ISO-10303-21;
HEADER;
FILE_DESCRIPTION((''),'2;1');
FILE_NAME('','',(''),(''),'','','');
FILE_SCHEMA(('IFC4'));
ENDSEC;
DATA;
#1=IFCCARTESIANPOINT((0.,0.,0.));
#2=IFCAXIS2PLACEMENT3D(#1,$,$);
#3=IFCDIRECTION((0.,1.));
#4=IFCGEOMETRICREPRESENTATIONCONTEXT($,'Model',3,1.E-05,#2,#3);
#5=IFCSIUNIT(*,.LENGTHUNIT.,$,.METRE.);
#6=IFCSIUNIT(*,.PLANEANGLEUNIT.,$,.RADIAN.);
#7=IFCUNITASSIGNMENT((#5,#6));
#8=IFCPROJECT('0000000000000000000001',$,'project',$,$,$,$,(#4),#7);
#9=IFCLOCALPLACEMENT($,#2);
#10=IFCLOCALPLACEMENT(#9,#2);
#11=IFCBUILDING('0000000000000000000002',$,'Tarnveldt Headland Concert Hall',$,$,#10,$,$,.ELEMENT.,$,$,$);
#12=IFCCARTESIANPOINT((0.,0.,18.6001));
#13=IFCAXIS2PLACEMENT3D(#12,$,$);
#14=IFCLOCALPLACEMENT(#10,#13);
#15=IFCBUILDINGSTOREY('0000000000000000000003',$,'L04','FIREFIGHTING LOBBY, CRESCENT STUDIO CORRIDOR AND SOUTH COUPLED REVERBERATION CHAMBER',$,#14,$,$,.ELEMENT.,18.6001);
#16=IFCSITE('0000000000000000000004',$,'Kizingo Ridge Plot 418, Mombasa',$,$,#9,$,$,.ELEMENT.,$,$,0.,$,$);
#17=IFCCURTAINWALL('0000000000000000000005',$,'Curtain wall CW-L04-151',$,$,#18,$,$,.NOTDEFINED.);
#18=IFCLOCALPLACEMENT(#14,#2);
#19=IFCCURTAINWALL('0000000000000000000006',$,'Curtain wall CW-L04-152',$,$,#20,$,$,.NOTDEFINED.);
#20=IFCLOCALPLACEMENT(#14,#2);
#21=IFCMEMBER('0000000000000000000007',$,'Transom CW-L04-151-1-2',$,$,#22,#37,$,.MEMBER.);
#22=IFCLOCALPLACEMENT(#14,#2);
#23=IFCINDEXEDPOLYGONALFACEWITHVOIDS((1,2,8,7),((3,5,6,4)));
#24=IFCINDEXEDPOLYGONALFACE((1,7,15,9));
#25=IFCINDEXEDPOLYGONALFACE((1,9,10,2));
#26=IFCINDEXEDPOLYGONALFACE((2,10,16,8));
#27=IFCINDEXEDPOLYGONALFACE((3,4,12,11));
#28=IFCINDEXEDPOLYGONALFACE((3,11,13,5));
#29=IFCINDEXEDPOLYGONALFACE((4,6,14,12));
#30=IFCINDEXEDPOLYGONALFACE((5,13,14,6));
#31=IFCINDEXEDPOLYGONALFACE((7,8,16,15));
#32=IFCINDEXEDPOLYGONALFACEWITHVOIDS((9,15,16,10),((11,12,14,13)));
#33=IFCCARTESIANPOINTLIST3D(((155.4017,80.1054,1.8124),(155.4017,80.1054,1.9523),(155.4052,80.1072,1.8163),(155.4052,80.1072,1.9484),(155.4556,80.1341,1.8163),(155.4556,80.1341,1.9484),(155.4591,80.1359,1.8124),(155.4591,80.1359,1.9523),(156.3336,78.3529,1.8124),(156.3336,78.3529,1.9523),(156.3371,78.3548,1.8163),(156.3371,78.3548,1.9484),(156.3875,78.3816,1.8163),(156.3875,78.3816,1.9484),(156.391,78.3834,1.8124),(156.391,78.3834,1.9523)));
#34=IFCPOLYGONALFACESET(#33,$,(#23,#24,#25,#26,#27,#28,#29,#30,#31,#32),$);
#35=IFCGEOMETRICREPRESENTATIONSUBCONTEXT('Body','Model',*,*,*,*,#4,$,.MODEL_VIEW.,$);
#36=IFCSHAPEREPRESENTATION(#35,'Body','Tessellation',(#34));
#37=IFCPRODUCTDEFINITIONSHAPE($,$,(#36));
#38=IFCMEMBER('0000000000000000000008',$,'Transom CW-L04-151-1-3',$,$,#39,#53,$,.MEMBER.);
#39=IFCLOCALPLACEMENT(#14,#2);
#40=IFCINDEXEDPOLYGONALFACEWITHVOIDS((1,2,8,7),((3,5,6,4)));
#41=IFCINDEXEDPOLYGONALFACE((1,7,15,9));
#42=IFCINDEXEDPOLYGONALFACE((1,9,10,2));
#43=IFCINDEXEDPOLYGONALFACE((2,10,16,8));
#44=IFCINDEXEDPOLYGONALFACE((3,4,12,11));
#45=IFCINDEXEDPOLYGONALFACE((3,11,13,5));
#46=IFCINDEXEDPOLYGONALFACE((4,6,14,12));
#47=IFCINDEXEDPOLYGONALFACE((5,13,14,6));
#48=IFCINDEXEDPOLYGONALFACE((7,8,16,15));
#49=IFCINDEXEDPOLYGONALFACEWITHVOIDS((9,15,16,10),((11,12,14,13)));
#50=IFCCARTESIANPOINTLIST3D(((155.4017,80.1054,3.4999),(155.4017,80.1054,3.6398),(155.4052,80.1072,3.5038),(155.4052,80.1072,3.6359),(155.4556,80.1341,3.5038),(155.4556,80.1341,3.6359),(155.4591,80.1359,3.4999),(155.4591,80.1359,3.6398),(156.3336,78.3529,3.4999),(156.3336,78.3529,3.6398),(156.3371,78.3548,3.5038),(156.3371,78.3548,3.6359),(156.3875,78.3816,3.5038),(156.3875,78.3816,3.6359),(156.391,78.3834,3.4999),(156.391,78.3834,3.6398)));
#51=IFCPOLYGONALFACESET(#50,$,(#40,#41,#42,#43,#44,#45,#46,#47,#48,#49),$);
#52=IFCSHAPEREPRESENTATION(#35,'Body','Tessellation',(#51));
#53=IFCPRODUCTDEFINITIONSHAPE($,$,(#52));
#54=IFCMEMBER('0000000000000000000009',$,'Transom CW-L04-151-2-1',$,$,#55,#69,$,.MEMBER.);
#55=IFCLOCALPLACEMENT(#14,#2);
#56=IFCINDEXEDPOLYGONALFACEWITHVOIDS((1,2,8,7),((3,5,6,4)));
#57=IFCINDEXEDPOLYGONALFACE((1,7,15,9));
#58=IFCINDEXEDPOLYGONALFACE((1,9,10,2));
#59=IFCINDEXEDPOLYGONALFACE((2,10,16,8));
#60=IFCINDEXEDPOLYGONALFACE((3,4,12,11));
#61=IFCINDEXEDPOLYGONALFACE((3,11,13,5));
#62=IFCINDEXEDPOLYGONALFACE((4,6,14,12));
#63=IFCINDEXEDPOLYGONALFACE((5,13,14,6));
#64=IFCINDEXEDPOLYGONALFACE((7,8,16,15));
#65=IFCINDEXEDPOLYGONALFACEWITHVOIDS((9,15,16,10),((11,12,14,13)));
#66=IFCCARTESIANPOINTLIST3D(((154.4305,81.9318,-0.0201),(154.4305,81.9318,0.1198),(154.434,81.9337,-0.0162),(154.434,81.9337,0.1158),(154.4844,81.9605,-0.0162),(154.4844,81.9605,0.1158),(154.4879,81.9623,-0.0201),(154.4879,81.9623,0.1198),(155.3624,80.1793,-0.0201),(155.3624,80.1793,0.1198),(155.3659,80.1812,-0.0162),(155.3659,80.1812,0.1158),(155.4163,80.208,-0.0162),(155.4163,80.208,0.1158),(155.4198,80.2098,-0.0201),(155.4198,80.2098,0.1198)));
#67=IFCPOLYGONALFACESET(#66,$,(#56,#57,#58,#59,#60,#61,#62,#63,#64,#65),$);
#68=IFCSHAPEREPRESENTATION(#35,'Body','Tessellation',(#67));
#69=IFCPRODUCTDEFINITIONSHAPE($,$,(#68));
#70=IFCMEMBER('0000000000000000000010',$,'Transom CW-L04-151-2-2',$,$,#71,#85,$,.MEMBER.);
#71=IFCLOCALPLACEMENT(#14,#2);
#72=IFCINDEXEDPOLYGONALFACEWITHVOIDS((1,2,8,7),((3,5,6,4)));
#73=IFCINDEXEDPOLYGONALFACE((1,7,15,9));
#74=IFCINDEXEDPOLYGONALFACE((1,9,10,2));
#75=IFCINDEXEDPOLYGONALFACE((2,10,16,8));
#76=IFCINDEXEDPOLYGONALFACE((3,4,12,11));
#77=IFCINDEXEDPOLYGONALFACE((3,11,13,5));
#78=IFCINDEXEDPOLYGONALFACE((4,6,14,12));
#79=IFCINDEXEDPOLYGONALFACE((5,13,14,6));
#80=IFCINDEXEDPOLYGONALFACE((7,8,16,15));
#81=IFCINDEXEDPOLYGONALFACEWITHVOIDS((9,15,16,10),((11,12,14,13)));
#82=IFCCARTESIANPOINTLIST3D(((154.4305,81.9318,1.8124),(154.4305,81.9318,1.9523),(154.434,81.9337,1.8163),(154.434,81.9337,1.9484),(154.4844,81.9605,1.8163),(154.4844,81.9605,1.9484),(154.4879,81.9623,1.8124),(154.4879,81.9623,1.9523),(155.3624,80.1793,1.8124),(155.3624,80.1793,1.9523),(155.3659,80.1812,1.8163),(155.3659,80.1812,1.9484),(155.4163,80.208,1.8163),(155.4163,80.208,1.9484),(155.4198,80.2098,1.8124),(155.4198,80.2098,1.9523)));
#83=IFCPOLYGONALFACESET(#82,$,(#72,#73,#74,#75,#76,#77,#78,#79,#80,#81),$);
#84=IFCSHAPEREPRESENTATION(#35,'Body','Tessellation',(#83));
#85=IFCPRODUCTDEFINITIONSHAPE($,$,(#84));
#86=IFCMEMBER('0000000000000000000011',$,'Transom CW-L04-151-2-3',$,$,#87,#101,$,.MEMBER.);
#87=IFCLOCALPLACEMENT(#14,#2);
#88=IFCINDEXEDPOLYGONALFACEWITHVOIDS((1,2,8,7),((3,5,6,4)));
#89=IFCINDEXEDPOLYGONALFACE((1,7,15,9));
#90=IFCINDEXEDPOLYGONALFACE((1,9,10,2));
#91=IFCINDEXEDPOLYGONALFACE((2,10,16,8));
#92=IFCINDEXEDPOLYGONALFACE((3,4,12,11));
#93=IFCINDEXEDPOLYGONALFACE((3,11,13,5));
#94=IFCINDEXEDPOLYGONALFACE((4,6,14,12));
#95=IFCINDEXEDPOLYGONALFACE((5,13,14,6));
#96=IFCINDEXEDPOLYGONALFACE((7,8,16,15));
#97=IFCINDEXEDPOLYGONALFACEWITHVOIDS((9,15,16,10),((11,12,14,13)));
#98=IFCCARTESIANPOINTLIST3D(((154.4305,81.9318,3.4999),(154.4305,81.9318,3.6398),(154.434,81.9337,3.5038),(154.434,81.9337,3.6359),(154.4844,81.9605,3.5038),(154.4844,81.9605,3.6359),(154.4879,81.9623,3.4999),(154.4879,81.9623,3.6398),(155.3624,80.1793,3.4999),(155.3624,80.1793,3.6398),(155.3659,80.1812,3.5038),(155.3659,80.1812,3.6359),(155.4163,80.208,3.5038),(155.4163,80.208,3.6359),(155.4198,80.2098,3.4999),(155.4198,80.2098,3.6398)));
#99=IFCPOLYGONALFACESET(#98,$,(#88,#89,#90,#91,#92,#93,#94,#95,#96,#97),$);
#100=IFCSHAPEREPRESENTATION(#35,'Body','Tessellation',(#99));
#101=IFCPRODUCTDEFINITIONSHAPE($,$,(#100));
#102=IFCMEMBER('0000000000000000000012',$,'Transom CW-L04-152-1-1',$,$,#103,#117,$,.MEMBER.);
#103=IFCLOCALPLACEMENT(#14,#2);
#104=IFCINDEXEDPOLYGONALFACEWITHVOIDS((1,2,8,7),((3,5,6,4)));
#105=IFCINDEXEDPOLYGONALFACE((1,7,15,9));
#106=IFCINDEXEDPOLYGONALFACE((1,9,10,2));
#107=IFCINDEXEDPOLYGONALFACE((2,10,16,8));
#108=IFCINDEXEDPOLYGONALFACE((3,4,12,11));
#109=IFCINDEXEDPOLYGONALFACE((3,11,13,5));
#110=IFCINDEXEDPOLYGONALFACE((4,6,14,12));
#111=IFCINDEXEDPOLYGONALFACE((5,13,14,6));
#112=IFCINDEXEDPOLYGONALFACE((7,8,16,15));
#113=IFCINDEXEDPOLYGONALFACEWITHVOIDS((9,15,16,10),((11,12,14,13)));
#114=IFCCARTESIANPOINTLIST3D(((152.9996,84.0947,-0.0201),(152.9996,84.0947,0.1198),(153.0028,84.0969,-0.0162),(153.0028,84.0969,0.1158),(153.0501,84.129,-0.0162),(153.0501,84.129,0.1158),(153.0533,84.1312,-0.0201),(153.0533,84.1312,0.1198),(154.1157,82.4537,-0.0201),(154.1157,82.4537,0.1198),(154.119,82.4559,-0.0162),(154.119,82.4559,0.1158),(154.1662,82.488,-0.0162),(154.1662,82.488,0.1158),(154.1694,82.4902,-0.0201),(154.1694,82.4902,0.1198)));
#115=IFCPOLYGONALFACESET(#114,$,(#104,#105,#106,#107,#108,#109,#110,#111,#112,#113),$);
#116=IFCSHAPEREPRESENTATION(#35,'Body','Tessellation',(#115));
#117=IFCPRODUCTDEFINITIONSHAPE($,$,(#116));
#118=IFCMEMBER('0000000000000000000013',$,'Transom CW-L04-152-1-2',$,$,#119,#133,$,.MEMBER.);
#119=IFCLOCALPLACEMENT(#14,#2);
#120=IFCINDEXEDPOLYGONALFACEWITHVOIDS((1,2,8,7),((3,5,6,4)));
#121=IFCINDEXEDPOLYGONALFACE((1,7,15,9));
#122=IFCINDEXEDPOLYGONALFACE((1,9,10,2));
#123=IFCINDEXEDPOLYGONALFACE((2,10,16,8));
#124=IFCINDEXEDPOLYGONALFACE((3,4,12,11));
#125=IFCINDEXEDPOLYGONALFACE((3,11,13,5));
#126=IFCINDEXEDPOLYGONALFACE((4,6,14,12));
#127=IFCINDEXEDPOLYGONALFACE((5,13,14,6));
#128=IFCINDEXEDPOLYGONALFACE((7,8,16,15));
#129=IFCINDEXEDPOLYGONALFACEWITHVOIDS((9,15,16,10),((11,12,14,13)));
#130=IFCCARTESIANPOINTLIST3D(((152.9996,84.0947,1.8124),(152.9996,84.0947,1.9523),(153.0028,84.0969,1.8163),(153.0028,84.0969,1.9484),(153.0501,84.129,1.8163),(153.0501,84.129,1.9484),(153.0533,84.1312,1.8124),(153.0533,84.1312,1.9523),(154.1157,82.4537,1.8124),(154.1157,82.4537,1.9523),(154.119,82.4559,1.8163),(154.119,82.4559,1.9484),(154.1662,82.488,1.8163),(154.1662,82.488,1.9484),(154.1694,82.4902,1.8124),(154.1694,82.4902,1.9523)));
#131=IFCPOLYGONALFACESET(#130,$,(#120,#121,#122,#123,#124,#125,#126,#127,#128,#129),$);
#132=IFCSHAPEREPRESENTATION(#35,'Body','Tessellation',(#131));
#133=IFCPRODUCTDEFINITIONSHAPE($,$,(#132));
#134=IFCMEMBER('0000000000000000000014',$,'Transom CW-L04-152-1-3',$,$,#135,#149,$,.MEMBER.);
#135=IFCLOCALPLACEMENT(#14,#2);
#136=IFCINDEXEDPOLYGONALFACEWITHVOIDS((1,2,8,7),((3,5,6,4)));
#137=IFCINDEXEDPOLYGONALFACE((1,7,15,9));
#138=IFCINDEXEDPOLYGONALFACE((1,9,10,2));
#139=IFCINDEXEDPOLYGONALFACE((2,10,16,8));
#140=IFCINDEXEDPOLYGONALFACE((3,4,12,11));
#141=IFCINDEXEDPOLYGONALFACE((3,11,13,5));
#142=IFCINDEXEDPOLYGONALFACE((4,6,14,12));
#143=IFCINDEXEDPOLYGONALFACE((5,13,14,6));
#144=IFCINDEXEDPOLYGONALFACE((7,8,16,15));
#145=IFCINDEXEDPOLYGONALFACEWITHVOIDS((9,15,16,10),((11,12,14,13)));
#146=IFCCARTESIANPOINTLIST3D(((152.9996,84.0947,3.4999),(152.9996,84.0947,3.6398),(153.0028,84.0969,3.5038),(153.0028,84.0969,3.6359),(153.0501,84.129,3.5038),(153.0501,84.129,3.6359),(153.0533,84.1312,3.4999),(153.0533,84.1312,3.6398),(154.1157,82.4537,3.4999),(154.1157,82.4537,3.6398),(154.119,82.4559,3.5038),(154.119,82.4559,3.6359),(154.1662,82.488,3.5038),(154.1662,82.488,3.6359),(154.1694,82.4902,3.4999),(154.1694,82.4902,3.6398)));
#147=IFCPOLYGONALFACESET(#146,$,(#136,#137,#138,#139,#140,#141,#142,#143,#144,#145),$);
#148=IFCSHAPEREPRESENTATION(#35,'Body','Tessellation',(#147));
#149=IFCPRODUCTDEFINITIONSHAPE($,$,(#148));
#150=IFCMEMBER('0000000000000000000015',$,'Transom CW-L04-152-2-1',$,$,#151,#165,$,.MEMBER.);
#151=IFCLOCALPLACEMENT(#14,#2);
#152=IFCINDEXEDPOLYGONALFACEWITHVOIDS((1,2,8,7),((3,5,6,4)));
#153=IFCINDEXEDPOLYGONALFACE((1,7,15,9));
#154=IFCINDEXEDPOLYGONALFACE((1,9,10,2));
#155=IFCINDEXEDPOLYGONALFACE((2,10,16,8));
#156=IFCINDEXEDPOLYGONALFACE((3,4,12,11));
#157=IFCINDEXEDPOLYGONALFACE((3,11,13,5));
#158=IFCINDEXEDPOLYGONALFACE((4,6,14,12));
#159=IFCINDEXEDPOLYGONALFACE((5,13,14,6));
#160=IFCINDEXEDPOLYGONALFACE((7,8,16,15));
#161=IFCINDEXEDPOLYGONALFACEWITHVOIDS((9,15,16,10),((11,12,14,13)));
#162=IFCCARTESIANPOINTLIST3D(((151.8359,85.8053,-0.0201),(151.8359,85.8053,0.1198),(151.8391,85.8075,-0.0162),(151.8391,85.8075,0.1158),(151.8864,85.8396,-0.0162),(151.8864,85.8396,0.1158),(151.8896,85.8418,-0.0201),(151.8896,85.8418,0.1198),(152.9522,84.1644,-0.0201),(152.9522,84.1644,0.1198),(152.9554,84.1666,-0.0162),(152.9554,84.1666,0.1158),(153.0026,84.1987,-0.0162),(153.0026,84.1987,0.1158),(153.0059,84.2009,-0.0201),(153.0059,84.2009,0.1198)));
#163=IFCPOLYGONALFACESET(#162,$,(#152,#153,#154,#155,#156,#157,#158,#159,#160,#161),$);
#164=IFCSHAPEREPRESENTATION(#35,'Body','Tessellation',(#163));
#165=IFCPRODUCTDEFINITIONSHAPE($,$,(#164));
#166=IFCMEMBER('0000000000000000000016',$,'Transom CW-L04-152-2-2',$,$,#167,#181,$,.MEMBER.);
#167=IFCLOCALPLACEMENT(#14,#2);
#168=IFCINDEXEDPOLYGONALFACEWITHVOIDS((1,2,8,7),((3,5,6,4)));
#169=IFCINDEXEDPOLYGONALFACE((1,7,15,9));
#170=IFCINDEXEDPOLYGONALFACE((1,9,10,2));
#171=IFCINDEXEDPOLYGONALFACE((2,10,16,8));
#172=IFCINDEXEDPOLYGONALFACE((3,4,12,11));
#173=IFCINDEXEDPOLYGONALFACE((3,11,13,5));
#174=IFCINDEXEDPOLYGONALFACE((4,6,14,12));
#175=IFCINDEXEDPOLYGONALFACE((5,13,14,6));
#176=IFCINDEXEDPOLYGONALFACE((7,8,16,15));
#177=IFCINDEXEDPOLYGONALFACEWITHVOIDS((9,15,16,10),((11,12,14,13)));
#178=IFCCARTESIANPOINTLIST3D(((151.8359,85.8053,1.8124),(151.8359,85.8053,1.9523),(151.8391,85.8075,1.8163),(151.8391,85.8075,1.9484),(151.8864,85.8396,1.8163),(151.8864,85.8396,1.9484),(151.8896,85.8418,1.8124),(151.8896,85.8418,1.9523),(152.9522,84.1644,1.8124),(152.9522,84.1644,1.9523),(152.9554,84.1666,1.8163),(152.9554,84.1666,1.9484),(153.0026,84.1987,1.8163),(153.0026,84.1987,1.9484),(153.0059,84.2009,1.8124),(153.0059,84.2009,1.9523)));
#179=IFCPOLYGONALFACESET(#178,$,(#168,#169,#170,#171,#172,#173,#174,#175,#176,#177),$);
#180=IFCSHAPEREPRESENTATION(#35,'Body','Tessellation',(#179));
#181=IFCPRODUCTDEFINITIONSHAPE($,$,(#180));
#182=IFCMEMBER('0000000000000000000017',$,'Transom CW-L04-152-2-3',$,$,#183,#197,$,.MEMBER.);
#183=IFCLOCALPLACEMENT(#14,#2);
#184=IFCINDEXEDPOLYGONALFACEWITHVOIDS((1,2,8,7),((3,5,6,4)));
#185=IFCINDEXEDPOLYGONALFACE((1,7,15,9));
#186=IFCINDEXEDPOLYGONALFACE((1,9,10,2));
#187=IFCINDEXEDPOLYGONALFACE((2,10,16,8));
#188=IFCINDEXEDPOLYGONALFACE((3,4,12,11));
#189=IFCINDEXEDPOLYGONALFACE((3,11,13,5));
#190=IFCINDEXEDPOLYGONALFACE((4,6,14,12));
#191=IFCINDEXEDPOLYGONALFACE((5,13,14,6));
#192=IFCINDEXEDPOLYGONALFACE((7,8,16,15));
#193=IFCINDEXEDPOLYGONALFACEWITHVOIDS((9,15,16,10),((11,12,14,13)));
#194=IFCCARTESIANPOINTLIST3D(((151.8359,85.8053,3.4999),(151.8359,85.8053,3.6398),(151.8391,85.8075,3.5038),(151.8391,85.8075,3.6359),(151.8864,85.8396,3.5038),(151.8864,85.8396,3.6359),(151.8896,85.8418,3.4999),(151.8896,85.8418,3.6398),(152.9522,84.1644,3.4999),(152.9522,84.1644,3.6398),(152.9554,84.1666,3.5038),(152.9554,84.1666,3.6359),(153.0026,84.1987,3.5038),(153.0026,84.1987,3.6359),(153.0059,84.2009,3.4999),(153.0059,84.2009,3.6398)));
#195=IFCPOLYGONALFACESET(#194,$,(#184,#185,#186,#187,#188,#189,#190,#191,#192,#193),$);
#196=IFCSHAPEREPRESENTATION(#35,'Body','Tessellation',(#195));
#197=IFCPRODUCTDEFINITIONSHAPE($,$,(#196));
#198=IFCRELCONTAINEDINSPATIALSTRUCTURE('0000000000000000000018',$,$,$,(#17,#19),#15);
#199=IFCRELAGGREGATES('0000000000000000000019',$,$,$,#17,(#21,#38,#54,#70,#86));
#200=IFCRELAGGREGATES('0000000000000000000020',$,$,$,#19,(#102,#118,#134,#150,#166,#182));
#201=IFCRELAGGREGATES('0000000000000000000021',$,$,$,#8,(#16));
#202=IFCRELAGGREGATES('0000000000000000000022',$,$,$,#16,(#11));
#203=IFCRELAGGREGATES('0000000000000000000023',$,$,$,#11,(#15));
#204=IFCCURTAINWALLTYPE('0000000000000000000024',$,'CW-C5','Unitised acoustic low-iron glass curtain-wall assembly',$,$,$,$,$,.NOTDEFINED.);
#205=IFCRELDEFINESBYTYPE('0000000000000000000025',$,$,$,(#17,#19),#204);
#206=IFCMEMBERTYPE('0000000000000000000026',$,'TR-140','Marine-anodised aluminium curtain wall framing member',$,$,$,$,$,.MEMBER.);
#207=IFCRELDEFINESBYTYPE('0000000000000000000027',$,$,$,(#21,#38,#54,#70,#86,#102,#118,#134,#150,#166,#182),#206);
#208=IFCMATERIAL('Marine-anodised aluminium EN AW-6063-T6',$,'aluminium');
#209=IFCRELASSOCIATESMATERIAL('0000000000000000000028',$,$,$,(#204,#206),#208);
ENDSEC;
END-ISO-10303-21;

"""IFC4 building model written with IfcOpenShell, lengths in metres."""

from ifc_helpers import new_model, si_unit, direction, frame, origin, origin_2d, place, context, subcontext, project, spatial, hollow_rectangle, extrude, material, material_profile, profile_set, type_object, element, aggregate, save


model = new_model("IFC4")

# Units and contexts
model_context = context("Model", 3, precision=1e-05, world=origin(), true_north=direction((0.0, 1.0)))
body_context = subcontext(model_context, "Body", "Model", "MODEL_VIEW")
ifc_project = project(units=[si_unit("LENGTHUNIT", "METRE"), si_unit("PLANEANGLEUNIT", "RADIAN")], contexts=[model_context])

# Site, building, storey
site_placement = place(None, origin())
site = spatial("IfcSite", under=ifc_project, at=site_placement, Name="Kizingo Ridge Plot 418, Mombasa", CompositionType="ELEMENT", RefElevation=0.0)
building_placement = place(site_placement, origin())
building = spatial("IfcBuilding", under=site, at=building_placement, Name="Tarnveldt Headland Concert Hall", CompositionType="ELEMENT")
storey_placement = place(building_placement, frame((0.0, 0.0, 18.6001)))
storey = spatial("IfcBuildingStorey", under=building, at=storey_placement, Name="L04", Description="FIREFIGHTING LOBBY, CRESCENT STUDIO CORRIDOR AND SOUTH COUPLED REVERBERATION CHAMBER", CompositionType="ELEMENT", Elevation=18.6001)

# Shared definitions
ifc_material_1 = material(Name="Marine-anodised aluminium EN AW-6063-T6", Category="aluminium")
curtain_wall_type = type_object("IfcCurtainWallType", Name="CW-C5", Description="Unitised acoustic low-iron glass curtain-wall assembly", PredefinedType="NOTDEFINED", material=ifc_material_1)

# Curtain walls
curtain_wall_1_placement = place(storey_placement, origin())
curtain_wall_1 = element("IfcCurtainWall", 1, at=curtain_wall_1_placement, inside=storey, type_object=curtain_wall_type, Name="Curtain wall CW-L04-151", PredefinedType="NOTDEFINED")
curtain_wall_2_placement = place(storey_placement, origin())
curtain_wall_2 = element("IfcCurtainWall", 2, at=curtain_wall_2_placement, inside=storey, type_object=curtain_wall_type, Name="Curtain wall CW-L04-152", PredefinedType="NOTDEFINED")

# Members
ifc_material_profile_1 = material_profile(ifc_material_1, hollow_rectangle(XDim=0.0649, YDim=0.1399, WallThickness=0.0039, at=origin_2d()), Name="ALU TRANSOM 65x140x4", Category="aluminium")
ifc_profile_set_1 = profile_set([ifc_material_profile_1], Name="Marine-anodised aluminium EN AW-6063-T6")
member_type_1 = type_object("IfcMemberType", Name="TR-140", Description="Marine-anodised aluminium curtain wall framing member", PredefinedType="MEMBER", material=ifc_profile_set_1)
member_1_placement = place(storey_placement, frame((156.3623, 78.3682, 1.8823), z_axis=(-0.469509, 0.882928, 0.0), x_axis=(-0.882928, -0.469509, 0.0)))
member_1 = element("IfcMember", 3, at=member_1_placement, type_object=member_type_1, Name="Transom CW-L04-151-1-2", PredefinedType="MEMBER", context=body_context, shape_type="SweptSolid", body=[
    extrude(hollow_rectangle(XDim=0.0649, YDim=0.1399, WallThickness=0.0039, at=origin_2d()), origin(), (0.0, 0.0, 1.0), 1.9849),
])
member_2_placement = place(storey_placement, frame((156.3623, 78.3682, 3.5698), z_axis=(-0.469509, 0.882928, 0.0), x_axis=(-0.882928, -0.469509, 0.0)))
member_2 = element("IfcMember", 4, at=member_2_placement, type_object=member_type_1, Name="Transom CW-L04-151-1-3", PredefinedType="MEMBER", context=body_context, shape_type="SweptSolid", body=[
    extrude(hollow_rectangle(XDim=0.0649, YDim=0.1399, WallThickness=0.0039, at=origin_2d()), origin(), (0.0, 0.0, 1.0), 1.9849),
])
member_3_placement = place(storey_placement, frame((155.3911, 80.1946, 0.0498), z_axis=(-0.469509, 0.882928, 0.0), x_axis=(-0.882928, -0.469509, 0.0)))
member_3 = element("IfcMember", 5, at=member_3_placement, type_object=member_type_1, Name="Transom CW-L04-151-2-1", PredefinedType="MEMBER", context=body_context, shape_type="SweptSolid", body=[
    extrude(hollow_rectangle(XDim=0.0649, YDim=0.1399, WallThickness=0.0039, at=origin_2d()), origin(), (0.0, 0.0, 1.0), 1.9849),
])
member_4_placement = place(storey_placement, frame((155.3911, 80.1946, 1.8823), z_axis=(-0.469509, 0.882928, 0.0), x_axis=(-0.882928, -0.469509, 0.0)))
member_4 = element("IfcMember", 6, at=member_4_placement, type_object=member_type_1, Name="Transom CW-L04-151-2-2", PredefinedType="MEMBER", context=body_context, shape_type="SweptSolid", body=[
    extrude(hollow_rectangle(XDim=0.0649, YDim=0.1399, WallThickness=0.0039, at=origin_2d()), origin(), (0.0, 0.0, 1.0), 1.9849),
])
member_5_placement = place(storey_placement, frame((155.3911, 80.1946, 3.5698), z_axis=(-0.469509, 0.882928, 0.0), x_axis=(-0.882928, -0.469509, 0.0)))
member_5 = element("IfcMember", 7, at=member_5_placement, type_object=member_type_1, Name="Transom CW-L04-151-2-3", PredefinedType="MEMBER", context=body_context, shape_type="SweptSolid", body=[
    extrude(hollow_rectangle(XDim=0.0649, YDim=0.1399, WallThickness=0.0039, at=origin_2d()), origin(), (0.0, 0.0, 1.0), 1.9849),
])
member_6_placement = place(storey_placement, frame((154.1426, 82.4719, 0.0498), z_axis=(-0.562397, 0.826867, 0.0), x_axis=(-0.826867, -0.562397, 0.0)))
member_6 = element("IfcMember", 8, at=member_6_placement, type_object=member_type_1, Name="Transom CW-L04-152-1-1", PredefinedType="MEMBER", context=body_context, shape_type="SweptSolid", body=[
    extrude(hollow_rectangle(XDim=0.0649, YDim=0.1399, WallThickness=0.0039, at=origin_2d()), origin(), (0.0, 0.0, 1.0), 1.9846),
])
member_7_placement = place(storey_placement, frame((154.1426, 82.4719, 1.8823), z_axis=(-0.562397, 0.826867, 0.0), x_axis=(-0.826867, -0.562397, 0.0)))
member_7 = element("IfcMember", 9, at=member_7_placement, type_object=member_type_1, Name="Transom CW-L04-152-1-2", PredefinedType="MEMBER", context=body_context, shape_type="SweptSolid", body=[
    extrude(hollow_rectangle(XDim=0.0649, YDim=0.1399, WallThickness=0.0039, at=origin_2d()), origin(), (0.0, 0.0, 1.0), 1.9846),
])
member_8_placement = place(storey_placement, frame((154.1426, 82.4719, 3.5698), z_axis=(-0.562397, 0.826867, 0.0), x_axis=(-0.826867, -0.562397, 0.0)))
member_8 = element("IfcMember", 10, at=member_8_placement, type_object=member_type_1, Name="Transom CW-L04-152-1-3", PredefinedType="MEMBER", context=body_context, shape_type="SweptSolid", body=[
    extrude(hollow_rectangle(XDim=0.0649, YDim=0.1399, WallThickness=0.0039, at=origin_2d()), origin(), (0.0, 0.0, 1.0), 1.9846),
])
member_9_placement = place(storey_placement, frame((152.979, 84.1826, 0.0498), z_axis=(-0.562455, 0.826828, 0.0), x_axis=(-0.826828, -0.562455, 0.0)))
member_9 = element("IfcMember", 11, at=member_9_placement, type_object=member_type_1, Name="Transom CW-L04-152-2-1", PredefinedType="MEMBER", context=body_context, shape_type="SweptSolid", body=[
    extrude(hollow_rectangle(XDim=0.0649, YDim=0.1399, WallThickness=0.0039, at=origin_2d()), origin(), (0.0, 0.0, 1.0), 1.9846),
])
member_10_placement = place(storey_placement, frame((152.979, 84.1826, 1.8823), z_axis=(-0.562455, 0.826828, 0.0), x_axis=(-0.826828, -0.562455, 0.0)))
member_10 = element("IfcMember", 12, at=member_10_placement, type_object=member_type_1, Name="Transom CW-L04-152-2-2", PredefinedType="MEMBER", context=body_context, shape_type="SweptSolid", body=[
    extrude(hollow_rectangle(XDim=0.0649, YDim=0.1399, WallThickness=0.0039, at=origin_2d()), origin(), (0.0, 0.0, 1.0), 1.9846),
])
member_11_placement = place(storey_placement, frame((152.979, 84.1826, 3.5698), z_axis=(-0.562455, 0.826828, 0.0), x_axis=(-0.826828, -0.562455, 0.0)))
member_11 = element("IfcMember", 13, at=member_11_placement, type_object=member_type_1, Name="Transom CW-L04-152-2-3", PredefinedType="MEMBER", context=body_context, shape_type="SweptSolid", body=[
    extrude(hollow_rectangle(XDim=0.0649, YDim=0.1399, WallThickness=0.0039, at=origin_2d()), origin(), (0.0, 0.0, 1.0), 1.9846),
])

aggregate(curtain_wall_1, [member_1, member_2, member_3, member_4, member_5])
aggregate(curtain_wall_2, [member_6, member_7, member_8, member_9, member_10, member_11])

save(model, "model.ifc")
